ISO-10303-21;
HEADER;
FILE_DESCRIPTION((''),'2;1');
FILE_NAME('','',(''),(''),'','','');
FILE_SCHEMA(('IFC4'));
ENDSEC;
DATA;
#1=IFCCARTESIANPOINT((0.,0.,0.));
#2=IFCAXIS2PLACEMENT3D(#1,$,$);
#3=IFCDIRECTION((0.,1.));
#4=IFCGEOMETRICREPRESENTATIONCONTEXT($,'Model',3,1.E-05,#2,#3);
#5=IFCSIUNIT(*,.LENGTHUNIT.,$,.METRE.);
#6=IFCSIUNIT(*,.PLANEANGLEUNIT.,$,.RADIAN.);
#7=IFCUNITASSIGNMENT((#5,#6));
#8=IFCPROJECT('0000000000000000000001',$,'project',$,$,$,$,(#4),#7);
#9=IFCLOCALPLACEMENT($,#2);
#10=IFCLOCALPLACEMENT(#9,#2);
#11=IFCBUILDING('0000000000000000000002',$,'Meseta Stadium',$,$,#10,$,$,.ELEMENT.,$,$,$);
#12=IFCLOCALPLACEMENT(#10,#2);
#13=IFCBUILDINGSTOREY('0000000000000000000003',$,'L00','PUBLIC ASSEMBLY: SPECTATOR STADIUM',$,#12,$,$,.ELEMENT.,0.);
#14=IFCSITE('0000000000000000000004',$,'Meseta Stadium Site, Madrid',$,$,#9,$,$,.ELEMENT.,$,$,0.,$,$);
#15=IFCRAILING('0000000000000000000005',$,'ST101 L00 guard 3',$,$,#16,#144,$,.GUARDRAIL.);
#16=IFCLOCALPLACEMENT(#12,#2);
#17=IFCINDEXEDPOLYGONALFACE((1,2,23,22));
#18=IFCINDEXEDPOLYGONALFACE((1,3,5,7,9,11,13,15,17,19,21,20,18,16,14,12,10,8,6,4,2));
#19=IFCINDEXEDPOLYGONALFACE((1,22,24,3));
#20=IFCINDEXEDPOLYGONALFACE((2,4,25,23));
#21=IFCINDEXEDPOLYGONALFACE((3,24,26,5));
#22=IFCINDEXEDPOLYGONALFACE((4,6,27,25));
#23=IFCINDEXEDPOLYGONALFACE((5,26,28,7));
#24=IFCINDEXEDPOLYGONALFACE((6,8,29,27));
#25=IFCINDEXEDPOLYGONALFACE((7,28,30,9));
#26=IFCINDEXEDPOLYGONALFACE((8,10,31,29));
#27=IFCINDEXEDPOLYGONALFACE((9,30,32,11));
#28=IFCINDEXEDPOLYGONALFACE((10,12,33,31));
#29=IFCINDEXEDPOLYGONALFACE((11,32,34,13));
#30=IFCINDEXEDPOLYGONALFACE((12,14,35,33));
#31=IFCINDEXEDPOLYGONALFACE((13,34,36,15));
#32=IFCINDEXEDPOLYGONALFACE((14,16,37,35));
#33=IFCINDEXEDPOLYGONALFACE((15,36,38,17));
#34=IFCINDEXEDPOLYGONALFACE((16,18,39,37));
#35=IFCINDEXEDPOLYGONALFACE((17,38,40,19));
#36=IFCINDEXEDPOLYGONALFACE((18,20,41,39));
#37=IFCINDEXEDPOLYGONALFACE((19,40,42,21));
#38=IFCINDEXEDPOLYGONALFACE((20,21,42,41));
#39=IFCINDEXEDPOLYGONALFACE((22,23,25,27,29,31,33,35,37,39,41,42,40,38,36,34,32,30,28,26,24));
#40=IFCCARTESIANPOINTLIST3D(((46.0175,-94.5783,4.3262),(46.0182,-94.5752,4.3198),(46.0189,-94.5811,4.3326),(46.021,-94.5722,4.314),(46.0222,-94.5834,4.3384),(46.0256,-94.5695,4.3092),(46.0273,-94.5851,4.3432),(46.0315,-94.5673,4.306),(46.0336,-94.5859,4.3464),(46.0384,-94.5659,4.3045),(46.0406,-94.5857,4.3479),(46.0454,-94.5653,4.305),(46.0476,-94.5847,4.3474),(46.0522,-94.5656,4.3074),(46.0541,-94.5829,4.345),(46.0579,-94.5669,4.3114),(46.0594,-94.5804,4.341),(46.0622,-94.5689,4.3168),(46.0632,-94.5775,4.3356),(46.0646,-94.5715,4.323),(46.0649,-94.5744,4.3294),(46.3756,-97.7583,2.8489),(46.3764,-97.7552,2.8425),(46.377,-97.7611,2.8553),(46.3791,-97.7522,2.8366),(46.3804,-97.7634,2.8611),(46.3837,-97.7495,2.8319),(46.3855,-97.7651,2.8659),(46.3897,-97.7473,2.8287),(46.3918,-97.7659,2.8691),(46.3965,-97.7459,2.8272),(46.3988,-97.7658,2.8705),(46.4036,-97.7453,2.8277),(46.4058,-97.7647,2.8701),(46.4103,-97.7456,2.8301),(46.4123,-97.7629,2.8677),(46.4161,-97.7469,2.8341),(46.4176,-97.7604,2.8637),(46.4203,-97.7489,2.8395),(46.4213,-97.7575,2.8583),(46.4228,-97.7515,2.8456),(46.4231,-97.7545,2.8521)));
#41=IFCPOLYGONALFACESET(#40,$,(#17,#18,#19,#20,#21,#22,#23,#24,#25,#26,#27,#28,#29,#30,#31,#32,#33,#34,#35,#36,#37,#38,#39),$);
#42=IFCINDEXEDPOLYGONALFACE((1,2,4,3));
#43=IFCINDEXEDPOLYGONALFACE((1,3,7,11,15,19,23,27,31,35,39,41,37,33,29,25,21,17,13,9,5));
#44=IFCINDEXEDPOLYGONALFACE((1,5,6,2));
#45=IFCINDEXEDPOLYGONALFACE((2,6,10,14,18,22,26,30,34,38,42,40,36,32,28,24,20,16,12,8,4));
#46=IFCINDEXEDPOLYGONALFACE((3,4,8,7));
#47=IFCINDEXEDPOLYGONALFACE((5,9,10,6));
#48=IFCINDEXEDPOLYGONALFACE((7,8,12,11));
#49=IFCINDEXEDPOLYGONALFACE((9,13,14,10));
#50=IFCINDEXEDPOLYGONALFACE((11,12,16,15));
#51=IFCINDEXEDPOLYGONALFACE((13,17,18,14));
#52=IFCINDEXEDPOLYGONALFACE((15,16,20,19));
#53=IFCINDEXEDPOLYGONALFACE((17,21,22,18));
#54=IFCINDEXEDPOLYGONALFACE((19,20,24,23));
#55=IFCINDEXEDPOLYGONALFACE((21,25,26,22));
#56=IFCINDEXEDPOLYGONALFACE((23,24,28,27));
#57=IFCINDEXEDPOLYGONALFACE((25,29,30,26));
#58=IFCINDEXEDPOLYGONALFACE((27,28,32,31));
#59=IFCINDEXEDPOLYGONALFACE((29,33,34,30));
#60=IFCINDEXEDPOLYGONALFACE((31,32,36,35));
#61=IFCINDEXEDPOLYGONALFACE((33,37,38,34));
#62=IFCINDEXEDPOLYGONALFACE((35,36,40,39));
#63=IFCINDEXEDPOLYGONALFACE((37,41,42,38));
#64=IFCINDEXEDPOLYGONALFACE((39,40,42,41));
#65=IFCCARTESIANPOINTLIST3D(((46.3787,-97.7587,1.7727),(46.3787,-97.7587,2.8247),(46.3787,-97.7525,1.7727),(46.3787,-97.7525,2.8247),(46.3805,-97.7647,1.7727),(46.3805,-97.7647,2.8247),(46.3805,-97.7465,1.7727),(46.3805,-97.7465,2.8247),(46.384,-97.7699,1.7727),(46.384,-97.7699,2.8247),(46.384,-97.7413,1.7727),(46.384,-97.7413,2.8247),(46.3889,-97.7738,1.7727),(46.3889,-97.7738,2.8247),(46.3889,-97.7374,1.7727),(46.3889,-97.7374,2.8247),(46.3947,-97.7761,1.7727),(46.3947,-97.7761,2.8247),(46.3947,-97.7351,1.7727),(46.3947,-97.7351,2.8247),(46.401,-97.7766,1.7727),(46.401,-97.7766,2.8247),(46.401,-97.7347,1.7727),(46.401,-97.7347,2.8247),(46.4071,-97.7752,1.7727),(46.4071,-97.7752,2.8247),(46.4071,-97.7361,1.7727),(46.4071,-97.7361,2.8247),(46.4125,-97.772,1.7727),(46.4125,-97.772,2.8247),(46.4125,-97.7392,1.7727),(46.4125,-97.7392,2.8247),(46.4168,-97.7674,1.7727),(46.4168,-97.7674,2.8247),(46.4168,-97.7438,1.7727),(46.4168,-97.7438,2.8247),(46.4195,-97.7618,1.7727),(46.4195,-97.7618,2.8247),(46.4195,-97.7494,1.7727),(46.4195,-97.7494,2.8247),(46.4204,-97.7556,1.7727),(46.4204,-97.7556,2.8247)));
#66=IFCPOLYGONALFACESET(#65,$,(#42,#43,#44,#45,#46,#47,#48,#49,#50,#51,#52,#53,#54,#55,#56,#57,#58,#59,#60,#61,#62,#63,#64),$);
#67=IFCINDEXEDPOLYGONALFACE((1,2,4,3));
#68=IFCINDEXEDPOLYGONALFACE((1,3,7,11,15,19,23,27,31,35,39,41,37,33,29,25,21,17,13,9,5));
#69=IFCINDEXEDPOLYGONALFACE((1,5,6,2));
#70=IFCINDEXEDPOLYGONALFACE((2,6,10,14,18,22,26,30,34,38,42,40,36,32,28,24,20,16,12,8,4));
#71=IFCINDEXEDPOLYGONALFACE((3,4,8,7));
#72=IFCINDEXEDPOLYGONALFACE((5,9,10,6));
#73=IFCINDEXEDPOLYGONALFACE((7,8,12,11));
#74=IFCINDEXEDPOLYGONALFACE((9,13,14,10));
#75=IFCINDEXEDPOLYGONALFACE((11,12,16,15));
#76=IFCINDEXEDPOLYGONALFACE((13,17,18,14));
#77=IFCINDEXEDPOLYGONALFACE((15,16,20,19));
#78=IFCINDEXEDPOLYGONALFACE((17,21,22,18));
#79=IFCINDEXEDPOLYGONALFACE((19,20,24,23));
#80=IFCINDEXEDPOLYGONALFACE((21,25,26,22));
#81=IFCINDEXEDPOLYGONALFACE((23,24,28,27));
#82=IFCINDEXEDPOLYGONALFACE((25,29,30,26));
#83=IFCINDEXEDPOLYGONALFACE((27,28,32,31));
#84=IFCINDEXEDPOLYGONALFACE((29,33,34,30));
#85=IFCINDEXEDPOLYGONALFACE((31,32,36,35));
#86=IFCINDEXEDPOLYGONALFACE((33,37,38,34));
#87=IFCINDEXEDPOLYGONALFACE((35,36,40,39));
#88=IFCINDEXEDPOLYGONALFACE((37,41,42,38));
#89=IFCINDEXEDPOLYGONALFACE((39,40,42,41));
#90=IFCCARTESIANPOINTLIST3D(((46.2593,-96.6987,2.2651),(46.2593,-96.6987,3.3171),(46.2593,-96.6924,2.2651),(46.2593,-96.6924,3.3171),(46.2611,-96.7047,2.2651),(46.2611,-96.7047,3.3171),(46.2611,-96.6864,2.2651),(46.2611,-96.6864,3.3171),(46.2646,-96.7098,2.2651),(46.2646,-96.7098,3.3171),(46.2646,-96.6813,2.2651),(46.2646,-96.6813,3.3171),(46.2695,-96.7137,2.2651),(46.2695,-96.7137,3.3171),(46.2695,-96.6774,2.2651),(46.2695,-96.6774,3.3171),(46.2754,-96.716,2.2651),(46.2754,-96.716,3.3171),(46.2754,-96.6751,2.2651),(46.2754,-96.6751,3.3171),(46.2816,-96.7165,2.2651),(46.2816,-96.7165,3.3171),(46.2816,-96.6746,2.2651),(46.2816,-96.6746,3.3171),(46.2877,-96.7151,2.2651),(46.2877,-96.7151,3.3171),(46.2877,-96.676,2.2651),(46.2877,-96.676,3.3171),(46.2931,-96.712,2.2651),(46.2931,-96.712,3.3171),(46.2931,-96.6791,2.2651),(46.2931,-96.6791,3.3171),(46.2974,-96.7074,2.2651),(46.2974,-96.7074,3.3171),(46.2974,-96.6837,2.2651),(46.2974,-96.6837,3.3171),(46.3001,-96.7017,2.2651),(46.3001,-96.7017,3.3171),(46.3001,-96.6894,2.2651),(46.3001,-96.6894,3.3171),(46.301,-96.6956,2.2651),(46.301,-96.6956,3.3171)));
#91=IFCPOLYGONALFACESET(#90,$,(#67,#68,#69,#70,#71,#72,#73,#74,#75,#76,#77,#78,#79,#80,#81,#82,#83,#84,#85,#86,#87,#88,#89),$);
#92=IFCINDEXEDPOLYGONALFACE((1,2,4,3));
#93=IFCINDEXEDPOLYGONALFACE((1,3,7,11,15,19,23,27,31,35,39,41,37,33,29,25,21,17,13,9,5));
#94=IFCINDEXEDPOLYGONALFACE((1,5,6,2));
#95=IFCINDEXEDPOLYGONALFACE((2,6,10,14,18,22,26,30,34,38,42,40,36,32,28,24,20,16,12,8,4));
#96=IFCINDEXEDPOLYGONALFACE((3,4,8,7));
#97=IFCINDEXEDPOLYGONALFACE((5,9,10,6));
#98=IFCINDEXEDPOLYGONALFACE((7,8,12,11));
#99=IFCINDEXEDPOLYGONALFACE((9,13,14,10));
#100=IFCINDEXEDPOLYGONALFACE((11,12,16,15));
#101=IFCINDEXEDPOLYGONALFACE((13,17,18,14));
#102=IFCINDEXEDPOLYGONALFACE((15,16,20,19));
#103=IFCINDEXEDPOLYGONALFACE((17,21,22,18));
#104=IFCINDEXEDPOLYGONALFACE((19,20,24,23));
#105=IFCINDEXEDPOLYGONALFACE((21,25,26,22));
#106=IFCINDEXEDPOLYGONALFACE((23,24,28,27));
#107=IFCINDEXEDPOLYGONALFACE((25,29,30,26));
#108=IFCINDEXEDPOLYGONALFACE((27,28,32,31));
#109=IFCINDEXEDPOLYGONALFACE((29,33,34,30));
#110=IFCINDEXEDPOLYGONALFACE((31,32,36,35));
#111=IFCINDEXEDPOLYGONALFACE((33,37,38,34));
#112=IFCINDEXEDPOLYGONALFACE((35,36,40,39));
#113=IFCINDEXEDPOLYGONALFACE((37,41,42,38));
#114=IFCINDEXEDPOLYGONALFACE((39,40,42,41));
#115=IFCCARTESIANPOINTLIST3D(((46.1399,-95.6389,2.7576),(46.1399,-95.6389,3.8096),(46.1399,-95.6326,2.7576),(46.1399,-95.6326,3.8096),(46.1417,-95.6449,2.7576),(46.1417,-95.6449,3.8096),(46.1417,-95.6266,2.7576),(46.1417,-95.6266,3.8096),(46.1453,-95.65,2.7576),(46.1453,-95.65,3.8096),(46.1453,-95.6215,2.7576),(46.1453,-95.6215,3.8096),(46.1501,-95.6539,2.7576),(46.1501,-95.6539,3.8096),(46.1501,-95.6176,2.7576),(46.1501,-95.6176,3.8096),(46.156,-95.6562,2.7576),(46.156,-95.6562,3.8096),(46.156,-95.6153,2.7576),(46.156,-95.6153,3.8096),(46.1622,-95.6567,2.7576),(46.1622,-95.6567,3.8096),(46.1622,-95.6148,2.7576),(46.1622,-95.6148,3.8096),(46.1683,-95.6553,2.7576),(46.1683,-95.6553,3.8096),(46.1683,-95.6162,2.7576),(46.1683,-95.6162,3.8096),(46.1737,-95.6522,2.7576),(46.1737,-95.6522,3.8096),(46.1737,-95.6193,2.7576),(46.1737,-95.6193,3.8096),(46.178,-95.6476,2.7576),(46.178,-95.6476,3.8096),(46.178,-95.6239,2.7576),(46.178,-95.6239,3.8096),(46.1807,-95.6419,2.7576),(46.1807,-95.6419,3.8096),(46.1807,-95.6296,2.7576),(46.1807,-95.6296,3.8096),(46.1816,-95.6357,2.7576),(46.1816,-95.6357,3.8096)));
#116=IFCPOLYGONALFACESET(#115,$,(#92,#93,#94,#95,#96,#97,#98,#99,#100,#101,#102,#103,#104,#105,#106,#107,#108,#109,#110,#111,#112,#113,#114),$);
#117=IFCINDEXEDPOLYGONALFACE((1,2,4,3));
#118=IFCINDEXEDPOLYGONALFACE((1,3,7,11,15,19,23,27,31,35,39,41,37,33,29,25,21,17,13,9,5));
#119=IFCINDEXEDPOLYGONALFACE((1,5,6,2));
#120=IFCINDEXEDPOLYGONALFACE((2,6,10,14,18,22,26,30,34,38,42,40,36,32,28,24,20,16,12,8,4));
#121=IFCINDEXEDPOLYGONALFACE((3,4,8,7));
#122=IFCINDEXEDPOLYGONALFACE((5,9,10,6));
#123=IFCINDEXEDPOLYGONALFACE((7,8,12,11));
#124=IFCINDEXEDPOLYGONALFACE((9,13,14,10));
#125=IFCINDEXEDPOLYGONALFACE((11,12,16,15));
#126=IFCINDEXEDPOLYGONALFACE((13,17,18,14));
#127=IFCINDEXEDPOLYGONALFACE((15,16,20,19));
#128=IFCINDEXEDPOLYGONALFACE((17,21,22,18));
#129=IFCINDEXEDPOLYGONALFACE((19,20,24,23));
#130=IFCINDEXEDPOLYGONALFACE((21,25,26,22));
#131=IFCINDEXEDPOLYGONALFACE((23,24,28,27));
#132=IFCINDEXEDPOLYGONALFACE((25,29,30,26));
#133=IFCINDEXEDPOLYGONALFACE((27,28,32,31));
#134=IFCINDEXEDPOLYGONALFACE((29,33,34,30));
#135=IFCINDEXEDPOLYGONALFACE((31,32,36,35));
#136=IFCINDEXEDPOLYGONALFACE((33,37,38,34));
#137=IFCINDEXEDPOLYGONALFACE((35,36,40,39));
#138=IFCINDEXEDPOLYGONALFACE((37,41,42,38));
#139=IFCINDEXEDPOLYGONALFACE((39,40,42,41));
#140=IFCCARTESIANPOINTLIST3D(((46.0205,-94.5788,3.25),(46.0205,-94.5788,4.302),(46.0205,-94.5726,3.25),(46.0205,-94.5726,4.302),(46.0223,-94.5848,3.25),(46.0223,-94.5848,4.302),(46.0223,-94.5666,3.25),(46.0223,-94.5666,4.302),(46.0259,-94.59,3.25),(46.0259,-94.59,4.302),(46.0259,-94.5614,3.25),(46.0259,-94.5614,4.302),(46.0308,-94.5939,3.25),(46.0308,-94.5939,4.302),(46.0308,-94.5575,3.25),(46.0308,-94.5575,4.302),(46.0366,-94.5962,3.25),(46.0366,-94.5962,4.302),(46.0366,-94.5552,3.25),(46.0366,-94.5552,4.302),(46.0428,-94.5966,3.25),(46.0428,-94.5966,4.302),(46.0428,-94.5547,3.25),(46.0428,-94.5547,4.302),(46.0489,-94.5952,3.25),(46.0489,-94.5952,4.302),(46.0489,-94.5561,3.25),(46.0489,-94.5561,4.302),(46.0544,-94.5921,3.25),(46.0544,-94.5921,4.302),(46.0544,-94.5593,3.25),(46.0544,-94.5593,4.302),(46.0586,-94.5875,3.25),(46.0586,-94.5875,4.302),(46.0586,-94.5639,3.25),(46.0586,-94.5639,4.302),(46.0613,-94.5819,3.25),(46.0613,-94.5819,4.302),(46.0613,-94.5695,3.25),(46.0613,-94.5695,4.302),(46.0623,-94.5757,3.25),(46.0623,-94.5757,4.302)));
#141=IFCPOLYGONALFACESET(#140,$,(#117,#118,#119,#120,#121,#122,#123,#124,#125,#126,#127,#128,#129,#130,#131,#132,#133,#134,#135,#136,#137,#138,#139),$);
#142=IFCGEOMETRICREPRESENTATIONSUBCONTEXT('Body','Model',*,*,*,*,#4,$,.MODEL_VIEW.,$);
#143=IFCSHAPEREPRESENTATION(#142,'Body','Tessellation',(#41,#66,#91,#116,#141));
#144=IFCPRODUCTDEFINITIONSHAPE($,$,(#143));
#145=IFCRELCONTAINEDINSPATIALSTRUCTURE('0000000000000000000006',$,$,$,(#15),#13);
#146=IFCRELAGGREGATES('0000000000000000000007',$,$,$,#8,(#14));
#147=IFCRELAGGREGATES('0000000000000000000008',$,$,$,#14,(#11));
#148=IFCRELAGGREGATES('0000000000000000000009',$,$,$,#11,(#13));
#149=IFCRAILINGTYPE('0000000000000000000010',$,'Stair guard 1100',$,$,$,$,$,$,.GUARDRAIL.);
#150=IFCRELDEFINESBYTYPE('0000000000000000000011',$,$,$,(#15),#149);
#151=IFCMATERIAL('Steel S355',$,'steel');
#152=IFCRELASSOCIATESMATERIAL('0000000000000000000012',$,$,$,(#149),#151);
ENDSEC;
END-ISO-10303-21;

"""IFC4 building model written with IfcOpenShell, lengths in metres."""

from ifc_helpers import new_model, si_unit, direction, frame, origin, origin_2d, place, context, subcontext, project, spatial, circle, extrude, material, type_object, element, save


model = new_model("IFC4")

# Units and contexts
model_context = context("Model", 3, precision=1e-05, world=origin(), true_north=direction((0.0, 1.0)))
body_context = subcontext(model_context, "Body", "Model", "MODEL_VIEW")
ifc_project = project(units=[si_unit("LENGTHUNIT", "METRE"), si_unit("PLANEANGLEUNIT", "RADIAN")], contexts=[model_context])

# Site, building, storey
site_placement = place(None, origin())
site = spatial("IfcSite", under=ifc_project, at=site_placement, Name="Meseta Stadium Site, Madrid", CompositionType="ELEMENT", RefElevation=0.0)
building_placement = place(site_placement, origin())
building = spatial("IfcBuilding", under=site, at=building_placement, Name="Meseta Stadium", CompositionType="ELEMENT")
storey_placement = place(building_placement, origin())
storey = spatial("IfcBuildingStorey", under=building, at=storey_placement, Name="L00", Description="PUBLIC ASSEMBLY: SPECTATOR STADIUM", CompositionType="ELEMENT", Elevation=0.0)

# Railing
ifc_material_1 = material(Name="Steel S355", Category="steel")
railing_type = type_object("IfcRailingType", Name="Stair guard 1100", PredefinedType="GUARDRAIL", material=ifc_material_1)
railing_1_placement = place(storey_placement, frame((46.3994, -97.7556, 1.7727)))
element("IfcRailing", 1, at=railing_1_placement, inside=storey, type_object=railing_type, Name="ST101 L00 guard 3", PredefinedType="GUARDRAIL", context=body_context, shape_type="SweptSolid", body=[
    extrude(circle(Radius=0.0239, at=origin_2d()), frame((0.0, 0.0, 1.0762), z_axis=(-0.101616, 0.902217, 0.419141), x_axis=(-0.993717, -0.111922, 0.0)), (0.0, 0.0, 1.0), 3.5247),
    extrude(circle(Radius=0.021, at=origin_2d()), origin(), (0.0, 0.0, 1.0), 1.052),
    extrude(circle(Radius=0.021, at=origin_2d()), frame((-0.1194, 1.0601, 0.4924)), (0.0, 0.0, 1.0), 1.052),
    extrude(circle(Radius=0.021, at=origin_2d()), frame((-0.2388, 2.1199, 0.9849)), (0.0, 0.0, 1.0), 1.052),
    extrude(circle(Radius=0.021, at=origin_2d()), frame((-0.3582, 3.1799, 1.4773)), (0.0, 0.0, 1.0), 1.052),
])

save(model, "model.ifc")
